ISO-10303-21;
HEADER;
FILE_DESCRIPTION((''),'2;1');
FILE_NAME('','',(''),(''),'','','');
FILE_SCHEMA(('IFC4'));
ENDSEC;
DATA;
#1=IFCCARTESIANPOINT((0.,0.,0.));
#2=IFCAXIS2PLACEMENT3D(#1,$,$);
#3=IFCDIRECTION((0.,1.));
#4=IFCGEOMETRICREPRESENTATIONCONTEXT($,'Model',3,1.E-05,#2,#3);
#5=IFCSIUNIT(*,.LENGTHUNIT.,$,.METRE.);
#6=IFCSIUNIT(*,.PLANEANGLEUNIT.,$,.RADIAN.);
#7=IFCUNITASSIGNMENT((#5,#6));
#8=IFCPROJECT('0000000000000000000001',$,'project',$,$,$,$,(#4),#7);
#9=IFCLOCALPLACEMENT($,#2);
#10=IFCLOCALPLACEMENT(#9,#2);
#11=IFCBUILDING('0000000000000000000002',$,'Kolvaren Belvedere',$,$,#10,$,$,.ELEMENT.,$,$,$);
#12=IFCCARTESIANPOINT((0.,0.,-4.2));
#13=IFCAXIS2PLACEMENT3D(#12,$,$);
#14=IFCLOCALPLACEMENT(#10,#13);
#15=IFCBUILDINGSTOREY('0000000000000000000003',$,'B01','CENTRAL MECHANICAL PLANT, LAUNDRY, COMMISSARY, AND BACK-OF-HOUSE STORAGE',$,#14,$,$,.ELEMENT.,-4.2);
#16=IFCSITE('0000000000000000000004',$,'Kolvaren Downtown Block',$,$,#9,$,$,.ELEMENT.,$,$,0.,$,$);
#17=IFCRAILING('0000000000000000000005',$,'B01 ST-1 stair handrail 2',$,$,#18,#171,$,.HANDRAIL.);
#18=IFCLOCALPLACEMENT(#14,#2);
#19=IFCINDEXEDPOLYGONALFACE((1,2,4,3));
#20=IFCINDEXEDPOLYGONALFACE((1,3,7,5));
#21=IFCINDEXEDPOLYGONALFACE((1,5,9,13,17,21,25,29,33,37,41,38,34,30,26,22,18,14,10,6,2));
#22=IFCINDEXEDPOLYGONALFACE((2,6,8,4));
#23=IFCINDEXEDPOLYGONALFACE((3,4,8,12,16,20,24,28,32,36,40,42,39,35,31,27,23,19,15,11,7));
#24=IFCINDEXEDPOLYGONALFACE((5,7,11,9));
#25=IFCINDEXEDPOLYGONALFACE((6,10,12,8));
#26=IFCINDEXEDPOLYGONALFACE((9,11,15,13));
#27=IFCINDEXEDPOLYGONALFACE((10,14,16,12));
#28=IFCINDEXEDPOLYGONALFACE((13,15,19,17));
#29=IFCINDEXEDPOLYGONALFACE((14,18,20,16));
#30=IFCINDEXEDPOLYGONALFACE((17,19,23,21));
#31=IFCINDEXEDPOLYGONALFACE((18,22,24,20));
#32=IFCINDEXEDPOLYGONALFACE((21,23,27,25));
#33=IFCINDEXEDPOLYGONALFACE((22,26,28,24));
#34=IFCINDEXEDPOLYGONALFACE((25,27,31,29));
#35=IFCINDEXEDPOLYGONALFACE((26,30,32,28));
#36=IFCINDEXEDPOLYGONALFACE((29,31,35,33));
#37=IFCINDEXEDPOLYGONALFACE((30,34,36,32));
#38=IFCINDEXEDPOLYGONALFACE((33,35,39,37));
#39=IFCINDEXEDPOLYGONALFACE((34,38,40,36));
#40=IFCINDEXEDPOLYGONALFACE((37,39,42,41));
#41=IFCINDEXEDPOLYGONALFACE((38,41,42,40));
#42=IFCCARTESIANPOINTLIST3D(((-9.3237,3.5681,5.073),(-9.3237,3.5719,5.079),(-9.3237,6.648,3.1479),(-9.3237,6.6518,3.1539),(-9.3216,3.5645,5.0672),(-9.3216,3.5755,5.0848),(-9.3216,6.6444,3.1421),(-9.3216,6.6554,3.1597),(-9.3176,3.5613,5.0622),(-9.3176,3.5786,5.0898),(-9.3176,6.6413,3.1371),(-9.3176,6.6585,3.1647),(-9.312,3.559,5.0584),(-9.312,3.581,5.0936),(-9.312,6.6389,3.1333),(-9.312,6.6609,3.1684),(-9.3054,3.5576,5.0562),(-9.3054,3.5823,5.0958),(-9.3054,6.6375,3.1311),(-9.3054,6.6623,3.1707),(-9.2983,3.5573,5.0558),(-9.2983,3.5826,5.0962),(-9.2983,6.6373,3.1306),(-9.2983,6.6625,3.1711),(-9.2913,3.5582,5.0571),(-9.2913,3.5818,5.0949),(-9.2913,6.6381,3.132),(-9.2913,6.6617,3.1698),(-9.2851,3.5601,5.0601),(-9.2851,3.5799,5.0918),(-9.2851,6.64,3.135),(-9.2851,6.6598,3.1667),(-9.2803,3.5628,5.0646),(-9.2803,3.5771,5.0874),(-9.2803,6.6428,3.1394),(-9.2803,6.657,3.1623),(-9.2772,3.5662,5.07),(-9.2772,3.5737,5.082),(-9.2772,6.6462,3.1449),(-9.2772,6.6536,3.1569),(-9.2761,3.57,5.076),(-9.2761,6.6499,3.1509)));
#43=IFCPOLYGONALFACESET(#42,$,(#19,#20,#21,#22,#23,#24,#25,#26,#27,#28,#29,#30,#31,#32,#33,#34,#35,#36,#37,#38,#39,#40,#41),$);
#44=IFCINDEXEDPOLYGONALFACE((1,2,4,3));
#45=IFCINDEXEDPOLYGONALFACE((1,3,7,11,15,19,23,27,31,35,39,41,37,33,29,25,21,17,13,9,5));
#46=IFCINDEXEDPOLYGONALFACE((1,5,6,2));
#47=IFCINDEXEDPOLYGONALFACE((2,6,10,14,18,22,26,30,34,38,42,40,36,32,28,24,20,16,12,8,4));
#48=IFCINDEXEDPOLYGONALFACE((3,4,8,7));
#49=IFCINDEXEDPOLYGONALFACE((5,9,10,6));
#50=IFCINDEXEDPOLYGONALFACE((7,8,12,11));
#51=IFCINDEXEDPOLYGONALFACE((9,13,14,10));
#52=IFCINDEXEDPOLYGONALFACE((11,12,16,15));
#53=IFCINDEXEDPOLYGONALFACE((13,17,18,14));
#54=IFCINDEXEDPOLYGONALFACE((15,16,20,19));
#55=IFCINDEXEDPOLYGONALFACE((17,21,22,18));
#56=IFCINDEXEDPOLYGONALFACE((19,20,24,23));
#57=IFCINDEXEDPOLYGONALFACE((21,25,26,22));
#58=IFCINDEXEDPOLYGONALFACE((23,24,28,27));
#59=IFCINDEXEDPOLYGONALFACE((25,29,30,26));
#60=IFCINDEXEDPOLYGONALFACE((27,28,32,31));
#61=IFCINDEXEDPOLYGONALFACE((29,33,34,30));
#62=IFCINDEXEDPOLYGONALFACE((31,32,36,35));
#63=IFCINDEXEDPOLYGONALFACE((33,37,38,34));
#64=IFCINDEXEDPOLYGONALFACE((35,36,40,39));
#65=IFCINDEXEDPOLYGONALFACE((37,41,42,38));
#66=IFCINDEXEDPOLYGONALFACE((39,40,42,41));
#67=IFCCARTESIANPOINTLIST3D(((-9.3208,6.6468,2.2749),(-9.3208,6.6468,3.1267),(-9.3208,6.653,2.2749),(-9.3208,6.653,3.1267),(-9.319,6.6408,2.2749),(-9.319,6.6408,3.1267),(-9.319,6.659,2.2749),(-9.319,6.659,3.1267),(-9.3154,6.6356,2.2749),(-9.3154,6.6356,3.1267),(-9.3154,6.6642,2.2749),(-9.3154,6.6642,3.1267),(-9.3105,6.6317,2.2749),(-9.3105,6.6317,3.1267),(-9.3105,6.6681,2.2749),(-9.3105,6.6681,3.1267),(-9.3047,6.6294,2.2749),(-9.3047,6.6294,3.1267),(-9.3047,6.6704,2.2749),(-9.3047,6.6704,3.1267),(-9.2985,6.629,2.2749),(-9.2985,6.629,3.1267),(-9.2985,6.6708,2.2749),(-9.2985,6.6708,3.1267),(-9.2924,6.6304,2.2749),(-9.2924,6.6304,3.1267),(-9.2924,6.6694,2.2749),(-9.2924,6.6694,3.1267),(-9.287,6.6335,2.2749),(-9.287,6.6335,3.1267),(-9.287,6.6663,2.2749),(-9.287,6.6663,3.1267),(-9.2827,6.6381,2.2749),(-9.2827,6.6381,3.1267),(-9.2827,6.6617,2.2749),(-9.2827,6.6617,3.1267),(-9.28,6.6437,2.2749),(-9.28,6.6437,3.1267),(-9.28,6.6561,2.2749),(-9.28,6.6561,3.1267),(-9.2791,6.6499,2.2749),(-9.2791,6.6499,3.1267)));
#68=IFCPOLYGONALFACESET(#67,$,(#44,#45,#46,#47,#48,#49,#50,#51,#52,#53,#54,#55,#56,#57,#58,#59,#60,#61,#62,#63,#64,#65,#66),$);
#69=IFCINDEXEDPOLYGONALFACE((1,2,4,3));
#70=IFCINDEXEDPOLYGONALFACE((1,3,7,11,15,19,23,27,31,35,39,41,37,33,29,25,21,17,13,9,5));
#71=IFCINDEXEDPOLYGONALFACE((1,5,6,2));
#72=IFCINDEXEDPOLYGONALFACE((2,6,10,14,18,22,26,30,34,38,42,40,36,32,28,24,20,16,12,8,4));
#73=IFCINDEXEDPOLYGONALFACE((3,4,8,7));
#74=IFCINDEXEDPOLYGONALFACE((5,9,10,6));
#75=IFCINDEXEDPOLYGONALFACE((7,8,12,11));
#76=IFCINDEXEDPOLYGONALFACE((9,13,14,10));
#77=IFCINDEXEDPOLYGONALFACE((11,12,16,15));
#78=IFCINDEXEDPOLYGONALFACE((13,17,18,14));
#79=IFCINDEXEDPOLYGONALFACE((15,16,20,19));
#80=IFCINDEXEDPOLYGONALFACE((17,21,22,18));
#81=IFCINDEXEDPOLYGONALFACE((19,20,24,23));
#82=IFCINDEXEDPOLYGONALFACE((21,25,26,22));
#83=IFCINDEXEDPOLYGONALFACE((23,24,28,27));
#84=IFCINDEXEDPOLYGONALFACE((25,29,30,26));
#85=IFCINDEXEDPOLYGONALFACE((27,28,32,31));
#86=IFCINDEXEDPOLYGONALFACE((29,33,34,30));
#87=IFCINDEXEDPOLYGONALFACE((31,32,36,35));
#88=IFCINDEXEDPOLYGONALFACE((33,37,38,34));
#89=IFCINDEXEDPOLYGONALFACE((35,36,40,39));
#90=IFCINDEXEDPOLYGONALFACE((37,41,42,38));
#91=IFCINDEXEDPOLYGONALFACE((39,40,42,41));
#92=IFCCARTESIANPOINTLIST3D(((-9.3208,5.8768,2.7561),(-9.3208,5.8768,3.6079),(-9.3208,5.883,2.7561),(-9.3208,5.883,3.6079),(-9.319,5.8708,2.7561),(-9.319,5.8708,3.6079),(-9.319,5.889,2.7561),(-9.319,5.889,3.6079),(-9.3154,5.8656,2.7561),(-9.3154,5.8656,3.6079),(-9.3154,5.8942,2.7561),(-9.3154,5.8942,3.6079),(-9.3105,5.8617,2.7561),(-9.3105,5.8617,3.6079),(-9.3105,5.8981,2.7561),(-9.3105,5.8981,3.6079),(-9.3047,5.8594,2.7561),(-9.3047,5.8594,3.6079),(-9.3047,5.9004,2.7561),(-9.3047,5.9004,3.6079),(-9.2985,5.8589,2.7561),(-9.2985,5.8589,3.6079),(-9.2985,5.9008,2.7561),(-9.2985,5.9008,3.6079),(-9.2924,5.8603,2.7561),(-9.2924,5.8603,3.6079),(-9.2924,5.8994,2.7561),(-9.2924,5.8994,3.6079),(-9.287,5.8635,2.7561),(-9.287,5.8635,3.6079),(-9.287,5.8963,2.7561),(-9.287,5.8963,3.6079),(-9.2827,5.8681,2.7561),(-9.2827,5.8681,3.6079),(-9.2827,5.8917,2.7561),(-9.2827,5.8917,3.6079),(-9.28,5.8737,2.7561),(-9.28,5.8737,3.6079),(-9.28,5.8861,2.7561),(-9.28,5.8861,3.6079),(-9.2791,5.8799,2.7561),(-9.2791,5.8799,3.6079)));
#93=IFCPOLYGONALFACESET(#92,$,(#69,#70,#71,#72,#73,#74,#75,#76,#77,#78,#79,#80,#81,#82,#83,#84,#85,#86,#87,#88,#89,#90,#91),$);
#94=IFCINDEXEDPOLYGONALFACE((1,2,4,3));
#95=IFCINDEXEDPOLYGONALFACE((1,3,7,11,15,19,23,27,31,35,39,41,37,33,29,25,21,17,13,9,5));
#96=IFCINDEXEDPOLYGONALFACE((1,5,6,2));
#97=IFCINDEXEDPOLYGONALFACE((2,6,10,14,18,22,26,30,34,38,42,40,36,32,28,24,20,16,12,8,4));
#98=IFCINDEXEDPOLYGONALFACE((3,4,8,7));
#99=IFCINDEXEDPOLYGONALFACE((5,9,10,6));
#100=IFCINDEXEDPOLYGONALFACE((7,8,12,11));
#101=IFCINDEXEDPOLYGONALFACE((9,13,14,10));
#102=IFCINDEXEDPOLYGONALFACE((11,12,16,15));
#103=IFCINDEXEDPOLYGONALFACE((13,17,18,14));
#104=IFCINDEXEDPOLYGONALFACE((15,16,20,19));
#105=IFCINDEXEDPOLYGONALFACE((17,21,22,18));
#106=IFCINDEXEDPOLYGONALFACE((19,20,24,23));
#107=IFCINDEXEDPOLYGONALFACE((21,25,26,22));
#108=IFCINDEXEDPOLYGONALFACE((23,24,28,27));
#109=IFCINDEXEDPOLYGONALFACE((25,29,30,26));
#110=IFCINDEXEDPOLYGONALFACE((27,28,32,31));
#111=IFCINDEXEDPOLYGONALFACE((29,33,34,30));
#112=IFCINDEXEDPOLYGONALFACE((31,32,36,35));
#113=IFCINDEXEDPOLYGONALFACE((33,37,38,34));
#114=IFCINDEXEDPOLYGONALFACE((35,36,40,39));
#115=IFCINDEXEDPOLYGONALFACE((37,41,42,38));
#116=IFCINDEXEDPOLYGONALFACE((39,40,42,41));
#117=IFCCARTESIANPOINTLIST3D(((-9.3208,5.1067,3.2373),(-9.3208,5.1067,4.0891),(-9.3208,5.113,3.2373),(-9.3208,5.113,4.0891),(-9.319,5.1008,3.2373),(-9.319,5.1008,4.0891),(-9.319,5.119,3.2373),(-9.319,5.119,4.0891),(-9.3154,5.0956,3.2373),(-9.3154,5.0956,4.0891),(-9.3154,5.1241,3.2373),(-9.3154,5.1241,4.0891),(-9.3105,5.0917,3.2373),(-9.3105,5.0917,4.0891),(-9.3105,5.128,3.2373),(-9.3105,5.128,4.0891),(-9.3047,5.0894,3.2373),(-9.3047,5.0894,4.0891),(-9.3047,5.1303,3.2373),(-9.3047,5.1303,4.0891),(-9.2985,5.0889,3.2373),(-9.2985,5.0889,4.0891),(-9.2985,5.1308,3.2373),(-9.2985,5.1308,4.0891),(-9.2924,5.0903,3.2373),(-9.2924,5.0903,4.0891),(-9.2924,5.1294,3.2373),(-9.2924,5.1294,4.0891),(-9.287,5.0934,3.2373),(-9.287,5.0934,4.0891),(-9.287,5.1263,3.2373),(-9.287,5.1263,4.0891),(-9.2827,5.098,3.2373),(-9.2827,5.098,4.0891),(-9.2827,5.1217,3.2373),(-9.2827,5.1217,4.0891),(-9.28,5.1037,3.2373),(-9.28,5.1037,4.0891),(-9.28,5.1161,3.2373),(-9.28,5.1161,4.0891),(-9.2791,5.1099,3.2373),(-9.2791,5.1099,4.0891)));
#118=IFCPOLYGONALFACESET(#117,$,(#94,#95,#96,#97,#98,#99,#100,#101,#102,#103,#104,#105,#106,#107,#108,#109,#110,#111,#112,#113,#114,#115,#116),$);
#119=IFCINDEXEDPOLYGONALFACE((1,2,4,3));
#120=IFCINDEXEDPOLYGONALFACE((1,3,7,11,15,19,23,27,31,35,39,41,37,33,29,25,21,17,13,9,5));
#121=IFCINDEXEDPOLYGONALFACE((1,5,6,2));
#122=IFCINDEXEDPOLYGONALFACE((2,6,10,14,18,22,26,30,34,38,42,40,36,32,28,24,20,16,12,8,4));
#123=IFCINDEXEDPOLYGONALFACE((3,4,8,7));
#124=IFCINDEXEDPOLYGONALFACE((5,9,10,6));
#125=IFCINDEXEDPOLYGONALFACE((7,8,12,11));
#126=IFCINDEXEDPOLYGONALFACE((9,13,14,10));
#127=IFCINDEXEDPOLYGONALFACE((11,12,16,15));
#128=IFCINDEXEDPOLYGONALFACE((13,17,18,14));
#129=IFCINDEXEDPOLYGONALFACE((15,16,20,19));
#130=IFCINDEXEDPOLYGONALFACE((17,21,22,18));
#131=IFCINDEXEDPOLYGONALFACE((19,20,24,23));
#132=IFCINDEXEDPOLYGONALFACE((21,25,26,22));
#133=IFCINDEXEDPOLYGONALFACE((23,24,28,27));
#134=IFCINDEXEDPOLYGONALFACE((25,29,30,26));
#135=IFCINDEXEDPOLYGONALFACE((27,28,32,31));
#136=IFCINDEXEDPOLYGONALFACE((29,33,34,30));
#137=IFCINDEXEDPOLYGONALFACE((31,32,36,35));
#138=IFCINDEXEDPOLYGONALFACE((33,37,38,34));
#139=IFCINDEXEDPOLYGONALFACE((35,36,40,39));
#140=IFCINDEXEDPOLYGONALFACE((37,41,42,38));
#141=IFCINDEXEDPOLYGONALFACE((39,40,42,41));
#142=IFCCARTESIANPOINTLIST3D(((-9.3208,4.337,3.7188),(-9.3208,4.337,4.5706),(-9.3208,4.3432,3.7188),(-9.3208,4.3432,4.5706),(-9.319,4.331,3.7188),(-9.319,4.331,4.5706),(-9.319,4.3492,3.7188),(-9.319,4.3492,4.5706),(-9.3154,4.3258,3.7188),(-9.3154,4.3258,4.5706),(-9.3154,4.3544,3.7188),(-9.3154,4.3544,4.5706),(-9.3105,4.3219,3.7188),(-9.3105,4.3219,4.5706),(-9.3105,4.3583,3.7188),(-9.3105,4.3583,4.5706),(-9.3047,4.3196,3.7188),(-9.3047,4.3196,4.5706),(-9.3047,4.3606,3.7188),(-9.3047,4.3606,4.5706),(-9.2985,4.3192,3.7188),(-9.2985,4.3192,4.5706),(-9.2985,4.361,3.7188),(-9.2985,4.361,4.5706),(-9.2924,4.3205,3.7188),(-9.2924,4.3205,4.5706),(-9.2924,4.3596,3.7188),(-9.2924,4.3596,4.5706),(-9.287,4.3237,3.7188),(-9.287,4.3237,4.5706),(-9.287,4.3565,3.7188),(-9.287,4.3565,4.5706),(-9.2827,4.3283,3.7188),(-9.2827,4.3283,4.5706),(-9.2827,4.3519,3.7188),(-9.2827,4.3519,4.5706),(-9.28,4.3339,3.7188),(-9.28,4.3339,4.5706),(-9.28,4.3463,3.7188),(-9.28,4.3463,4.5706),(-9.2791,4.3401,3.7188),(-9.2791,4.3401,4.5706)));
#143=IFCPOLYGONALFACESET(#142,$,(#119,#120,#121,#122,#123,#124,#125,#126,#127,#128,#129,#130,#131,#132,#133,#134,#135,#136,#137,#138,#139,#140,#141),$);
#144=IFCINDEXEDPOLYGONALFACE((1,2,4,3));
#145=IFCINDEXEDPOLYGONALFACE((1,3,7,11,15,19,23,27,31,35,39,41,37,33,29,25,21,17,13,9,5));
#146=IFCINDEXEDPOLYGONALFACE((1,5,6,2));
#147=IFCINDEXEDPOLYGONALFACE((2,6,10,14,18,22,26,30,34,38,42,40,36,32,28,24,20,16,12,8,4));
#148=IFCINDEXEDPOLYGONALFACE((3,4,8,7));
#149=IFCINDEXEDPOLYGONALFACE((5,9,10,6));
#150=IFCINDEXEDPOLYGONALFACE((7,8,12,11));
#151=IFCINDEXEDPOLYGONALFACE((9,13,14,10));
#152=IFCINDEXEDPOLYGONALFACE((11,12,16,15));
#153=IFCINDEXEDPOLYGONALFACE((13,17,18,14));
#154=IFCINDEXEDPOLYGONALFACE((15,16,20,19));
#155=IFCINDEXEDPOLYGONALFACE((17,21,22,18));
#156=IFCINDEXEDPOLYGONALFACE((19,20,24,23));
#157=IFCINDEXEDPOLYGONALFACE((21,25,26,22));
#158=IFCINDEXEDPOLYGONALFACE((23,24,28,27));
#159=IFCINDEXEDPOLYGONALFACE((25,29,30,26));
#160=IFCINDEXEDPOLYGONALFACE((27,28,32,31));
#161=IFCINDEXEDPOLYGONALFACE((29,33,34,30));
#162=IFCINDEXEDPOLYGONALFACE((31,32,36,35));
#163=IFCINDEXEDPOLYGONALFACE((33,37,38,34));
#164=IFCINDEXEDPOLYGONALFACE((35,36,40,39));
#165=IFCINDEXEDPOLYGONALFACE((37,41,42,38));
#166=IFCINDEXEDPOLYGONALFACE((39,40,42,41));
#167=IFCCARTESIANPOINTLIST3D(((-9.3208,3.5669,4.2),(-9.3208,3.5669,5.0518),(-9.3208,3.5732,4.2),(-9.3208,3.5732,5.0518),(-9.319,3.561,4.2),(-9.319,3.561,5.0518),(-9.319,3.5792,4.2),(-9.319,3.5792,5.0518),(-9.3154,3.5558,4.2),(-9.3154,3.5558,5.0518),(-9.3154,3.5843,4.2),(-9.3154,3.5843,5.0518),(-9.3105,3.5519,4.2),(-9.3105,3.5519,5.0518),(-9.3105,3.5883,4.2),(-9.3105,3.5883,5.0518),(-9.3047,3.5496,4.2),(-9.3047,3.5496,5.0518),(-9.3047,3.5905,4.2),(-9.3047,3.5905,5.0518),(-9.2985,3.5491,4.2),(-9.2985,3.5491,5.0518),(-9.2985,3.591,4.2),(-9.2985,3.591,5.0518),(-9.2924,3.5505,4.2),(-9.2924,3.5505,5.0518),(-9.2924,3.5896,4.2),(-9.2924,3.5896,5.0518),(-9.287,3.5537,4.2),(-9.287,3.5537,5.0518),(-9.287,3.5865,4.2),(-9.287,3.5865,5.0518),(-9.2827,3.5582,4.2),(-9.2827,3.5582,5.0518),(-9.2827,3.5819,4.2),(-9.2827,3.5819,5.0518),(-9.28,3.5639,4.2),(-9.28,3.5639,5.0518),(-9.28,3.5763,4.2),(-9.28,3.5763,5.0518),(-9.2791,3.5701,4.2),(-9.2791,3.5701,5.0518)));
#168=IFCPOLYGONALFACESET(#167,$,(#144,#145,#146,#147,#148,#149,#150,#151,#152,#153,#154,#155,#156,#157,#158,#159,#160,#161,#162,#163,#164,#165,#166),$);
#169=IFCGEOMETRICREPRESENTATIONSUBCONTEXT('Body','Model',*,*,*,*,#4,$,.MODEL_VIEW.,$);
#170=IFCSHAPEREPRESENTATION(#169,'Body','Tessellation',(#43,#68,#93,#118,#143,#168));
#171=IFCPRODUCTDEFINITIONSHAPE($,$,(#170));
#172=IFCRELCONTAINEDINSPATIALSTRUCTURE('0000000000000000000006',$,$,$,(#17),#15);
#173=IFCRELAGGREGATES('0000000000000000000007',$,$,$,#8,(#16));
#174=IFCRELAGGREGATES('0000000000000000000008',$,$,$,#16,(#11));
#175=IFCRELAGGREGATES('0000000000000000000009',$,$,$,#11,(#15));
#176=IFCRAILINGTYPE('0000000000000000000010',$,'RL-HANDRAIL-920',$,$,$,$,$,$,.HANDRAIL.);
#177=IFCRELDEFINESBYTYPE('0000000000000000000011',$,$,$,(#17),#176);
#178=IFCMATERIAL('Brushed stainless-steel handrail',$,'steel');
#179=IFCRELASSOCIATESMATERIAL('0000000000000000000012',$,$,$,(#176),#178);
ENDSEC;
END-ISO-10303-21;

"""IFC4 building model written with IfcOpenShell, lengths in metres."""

from ifc_helpers import new_model, si_unit, direction, frame, origin, origin_2d, place, context, subcontext, project, spatial, circle, extrude, material, type_object, element, save


model = new_model("IFC4")

# Units and contexts
model_context = context("Model", 3, precision=1e-05, world=origin(), true_north=direction((0.0, 1.0)))
body_context = subcontext(model_context, "Body", "Model", "MODEL_VIEW")
ifc_project = project(units=[si_unit("LENGTHUNIT", "METRE"), si_unit("PLANEANGLEUNIT", "RADIAN")], contexts=[model_context])

# Site, building, storey
site_placement = place(None, origin())
site = spatial("IfcSite", under=ifc_project, at=site_placement, Name="Kolvaren Downtown Block", CompositionType="ELEMENT", RefElevation=0.0)
building_placement = place(site_placement, origin())
building = spatial("IfcBuilding", under=site, at=building_placement, Name="Kolvaren Belvedere", CompositionType="ELEMENT")
storey_placement = place(building_placement, frame((0.0, 0.0, -4.2)))
storey = spatial("IfcBuildingStorey", under=building, at=storey_placement, Name="B01", Description="CENTRAL MECHANICAL PLANT, LAUNDRY, COMMISSARY, AND BACK-OF-HOUSE STORAGE", CompositionType="ELEMENT", Elevation=-4.2)

# Railing
ifc_material_1 = material(Name="Brushed stainless-steel handrail", Category="steel")
railing_type_1 = type_object("IfcRailingType", Name="RL-HANDRAIL-920", PredefinedType="HANDRAIL", material=ifc_material_1)
railing_1_placement = place(storey_placement, frame((-9.3, 6.6499, 2.2749)))
element("IfcRailing", 1, at=railing_1_placement, inside=storey, type_object=railing_type_1, Name="B01 ST-1 stair handrail 2", PredefinedType="HANDRAIL", context=body_context, shape_type="SweptSolid", body=[
    extrude(circle(Radius=0.0239, at=origin_2d()), frame((0.0, 0.0, 0.876), z_axis=(0.0, -0.847979, 0.530029), x_axis=(1.0, 0.0, 0.0)), (0.0, 0.0, 1.0), 3.6321),
    extrude(circle(Radius=0.021, at=origin_2d()), origin(), (0.0, 0.0, 1.0), 0.8518),
    extrude(circle(Radius=0.021, at=origin_2d()), frame((0.0, -0.77, 0.4812)), (0.0, 0.0, 1.0), 0.8518),
    extrude(circle(Radius=0.021, at=origin_2d()), frame((0.0, -1.54, 0.9624)), (0.0, 0.0, 1.0), 0.8518),
    extrude(circle(Radius=0.021, at=origin_2d()), frame((0.0, -2.3098, 1.4438)), (0.0, 0.0, 1.0), 0.8518),
    extrude(circle(Radius=0.021, at=origin_2d()), frame((0.0, -3.0798, 1.925)), (0.0, 0.0, 1.0), 0.8518),
])

save(model, "model.ifc")
